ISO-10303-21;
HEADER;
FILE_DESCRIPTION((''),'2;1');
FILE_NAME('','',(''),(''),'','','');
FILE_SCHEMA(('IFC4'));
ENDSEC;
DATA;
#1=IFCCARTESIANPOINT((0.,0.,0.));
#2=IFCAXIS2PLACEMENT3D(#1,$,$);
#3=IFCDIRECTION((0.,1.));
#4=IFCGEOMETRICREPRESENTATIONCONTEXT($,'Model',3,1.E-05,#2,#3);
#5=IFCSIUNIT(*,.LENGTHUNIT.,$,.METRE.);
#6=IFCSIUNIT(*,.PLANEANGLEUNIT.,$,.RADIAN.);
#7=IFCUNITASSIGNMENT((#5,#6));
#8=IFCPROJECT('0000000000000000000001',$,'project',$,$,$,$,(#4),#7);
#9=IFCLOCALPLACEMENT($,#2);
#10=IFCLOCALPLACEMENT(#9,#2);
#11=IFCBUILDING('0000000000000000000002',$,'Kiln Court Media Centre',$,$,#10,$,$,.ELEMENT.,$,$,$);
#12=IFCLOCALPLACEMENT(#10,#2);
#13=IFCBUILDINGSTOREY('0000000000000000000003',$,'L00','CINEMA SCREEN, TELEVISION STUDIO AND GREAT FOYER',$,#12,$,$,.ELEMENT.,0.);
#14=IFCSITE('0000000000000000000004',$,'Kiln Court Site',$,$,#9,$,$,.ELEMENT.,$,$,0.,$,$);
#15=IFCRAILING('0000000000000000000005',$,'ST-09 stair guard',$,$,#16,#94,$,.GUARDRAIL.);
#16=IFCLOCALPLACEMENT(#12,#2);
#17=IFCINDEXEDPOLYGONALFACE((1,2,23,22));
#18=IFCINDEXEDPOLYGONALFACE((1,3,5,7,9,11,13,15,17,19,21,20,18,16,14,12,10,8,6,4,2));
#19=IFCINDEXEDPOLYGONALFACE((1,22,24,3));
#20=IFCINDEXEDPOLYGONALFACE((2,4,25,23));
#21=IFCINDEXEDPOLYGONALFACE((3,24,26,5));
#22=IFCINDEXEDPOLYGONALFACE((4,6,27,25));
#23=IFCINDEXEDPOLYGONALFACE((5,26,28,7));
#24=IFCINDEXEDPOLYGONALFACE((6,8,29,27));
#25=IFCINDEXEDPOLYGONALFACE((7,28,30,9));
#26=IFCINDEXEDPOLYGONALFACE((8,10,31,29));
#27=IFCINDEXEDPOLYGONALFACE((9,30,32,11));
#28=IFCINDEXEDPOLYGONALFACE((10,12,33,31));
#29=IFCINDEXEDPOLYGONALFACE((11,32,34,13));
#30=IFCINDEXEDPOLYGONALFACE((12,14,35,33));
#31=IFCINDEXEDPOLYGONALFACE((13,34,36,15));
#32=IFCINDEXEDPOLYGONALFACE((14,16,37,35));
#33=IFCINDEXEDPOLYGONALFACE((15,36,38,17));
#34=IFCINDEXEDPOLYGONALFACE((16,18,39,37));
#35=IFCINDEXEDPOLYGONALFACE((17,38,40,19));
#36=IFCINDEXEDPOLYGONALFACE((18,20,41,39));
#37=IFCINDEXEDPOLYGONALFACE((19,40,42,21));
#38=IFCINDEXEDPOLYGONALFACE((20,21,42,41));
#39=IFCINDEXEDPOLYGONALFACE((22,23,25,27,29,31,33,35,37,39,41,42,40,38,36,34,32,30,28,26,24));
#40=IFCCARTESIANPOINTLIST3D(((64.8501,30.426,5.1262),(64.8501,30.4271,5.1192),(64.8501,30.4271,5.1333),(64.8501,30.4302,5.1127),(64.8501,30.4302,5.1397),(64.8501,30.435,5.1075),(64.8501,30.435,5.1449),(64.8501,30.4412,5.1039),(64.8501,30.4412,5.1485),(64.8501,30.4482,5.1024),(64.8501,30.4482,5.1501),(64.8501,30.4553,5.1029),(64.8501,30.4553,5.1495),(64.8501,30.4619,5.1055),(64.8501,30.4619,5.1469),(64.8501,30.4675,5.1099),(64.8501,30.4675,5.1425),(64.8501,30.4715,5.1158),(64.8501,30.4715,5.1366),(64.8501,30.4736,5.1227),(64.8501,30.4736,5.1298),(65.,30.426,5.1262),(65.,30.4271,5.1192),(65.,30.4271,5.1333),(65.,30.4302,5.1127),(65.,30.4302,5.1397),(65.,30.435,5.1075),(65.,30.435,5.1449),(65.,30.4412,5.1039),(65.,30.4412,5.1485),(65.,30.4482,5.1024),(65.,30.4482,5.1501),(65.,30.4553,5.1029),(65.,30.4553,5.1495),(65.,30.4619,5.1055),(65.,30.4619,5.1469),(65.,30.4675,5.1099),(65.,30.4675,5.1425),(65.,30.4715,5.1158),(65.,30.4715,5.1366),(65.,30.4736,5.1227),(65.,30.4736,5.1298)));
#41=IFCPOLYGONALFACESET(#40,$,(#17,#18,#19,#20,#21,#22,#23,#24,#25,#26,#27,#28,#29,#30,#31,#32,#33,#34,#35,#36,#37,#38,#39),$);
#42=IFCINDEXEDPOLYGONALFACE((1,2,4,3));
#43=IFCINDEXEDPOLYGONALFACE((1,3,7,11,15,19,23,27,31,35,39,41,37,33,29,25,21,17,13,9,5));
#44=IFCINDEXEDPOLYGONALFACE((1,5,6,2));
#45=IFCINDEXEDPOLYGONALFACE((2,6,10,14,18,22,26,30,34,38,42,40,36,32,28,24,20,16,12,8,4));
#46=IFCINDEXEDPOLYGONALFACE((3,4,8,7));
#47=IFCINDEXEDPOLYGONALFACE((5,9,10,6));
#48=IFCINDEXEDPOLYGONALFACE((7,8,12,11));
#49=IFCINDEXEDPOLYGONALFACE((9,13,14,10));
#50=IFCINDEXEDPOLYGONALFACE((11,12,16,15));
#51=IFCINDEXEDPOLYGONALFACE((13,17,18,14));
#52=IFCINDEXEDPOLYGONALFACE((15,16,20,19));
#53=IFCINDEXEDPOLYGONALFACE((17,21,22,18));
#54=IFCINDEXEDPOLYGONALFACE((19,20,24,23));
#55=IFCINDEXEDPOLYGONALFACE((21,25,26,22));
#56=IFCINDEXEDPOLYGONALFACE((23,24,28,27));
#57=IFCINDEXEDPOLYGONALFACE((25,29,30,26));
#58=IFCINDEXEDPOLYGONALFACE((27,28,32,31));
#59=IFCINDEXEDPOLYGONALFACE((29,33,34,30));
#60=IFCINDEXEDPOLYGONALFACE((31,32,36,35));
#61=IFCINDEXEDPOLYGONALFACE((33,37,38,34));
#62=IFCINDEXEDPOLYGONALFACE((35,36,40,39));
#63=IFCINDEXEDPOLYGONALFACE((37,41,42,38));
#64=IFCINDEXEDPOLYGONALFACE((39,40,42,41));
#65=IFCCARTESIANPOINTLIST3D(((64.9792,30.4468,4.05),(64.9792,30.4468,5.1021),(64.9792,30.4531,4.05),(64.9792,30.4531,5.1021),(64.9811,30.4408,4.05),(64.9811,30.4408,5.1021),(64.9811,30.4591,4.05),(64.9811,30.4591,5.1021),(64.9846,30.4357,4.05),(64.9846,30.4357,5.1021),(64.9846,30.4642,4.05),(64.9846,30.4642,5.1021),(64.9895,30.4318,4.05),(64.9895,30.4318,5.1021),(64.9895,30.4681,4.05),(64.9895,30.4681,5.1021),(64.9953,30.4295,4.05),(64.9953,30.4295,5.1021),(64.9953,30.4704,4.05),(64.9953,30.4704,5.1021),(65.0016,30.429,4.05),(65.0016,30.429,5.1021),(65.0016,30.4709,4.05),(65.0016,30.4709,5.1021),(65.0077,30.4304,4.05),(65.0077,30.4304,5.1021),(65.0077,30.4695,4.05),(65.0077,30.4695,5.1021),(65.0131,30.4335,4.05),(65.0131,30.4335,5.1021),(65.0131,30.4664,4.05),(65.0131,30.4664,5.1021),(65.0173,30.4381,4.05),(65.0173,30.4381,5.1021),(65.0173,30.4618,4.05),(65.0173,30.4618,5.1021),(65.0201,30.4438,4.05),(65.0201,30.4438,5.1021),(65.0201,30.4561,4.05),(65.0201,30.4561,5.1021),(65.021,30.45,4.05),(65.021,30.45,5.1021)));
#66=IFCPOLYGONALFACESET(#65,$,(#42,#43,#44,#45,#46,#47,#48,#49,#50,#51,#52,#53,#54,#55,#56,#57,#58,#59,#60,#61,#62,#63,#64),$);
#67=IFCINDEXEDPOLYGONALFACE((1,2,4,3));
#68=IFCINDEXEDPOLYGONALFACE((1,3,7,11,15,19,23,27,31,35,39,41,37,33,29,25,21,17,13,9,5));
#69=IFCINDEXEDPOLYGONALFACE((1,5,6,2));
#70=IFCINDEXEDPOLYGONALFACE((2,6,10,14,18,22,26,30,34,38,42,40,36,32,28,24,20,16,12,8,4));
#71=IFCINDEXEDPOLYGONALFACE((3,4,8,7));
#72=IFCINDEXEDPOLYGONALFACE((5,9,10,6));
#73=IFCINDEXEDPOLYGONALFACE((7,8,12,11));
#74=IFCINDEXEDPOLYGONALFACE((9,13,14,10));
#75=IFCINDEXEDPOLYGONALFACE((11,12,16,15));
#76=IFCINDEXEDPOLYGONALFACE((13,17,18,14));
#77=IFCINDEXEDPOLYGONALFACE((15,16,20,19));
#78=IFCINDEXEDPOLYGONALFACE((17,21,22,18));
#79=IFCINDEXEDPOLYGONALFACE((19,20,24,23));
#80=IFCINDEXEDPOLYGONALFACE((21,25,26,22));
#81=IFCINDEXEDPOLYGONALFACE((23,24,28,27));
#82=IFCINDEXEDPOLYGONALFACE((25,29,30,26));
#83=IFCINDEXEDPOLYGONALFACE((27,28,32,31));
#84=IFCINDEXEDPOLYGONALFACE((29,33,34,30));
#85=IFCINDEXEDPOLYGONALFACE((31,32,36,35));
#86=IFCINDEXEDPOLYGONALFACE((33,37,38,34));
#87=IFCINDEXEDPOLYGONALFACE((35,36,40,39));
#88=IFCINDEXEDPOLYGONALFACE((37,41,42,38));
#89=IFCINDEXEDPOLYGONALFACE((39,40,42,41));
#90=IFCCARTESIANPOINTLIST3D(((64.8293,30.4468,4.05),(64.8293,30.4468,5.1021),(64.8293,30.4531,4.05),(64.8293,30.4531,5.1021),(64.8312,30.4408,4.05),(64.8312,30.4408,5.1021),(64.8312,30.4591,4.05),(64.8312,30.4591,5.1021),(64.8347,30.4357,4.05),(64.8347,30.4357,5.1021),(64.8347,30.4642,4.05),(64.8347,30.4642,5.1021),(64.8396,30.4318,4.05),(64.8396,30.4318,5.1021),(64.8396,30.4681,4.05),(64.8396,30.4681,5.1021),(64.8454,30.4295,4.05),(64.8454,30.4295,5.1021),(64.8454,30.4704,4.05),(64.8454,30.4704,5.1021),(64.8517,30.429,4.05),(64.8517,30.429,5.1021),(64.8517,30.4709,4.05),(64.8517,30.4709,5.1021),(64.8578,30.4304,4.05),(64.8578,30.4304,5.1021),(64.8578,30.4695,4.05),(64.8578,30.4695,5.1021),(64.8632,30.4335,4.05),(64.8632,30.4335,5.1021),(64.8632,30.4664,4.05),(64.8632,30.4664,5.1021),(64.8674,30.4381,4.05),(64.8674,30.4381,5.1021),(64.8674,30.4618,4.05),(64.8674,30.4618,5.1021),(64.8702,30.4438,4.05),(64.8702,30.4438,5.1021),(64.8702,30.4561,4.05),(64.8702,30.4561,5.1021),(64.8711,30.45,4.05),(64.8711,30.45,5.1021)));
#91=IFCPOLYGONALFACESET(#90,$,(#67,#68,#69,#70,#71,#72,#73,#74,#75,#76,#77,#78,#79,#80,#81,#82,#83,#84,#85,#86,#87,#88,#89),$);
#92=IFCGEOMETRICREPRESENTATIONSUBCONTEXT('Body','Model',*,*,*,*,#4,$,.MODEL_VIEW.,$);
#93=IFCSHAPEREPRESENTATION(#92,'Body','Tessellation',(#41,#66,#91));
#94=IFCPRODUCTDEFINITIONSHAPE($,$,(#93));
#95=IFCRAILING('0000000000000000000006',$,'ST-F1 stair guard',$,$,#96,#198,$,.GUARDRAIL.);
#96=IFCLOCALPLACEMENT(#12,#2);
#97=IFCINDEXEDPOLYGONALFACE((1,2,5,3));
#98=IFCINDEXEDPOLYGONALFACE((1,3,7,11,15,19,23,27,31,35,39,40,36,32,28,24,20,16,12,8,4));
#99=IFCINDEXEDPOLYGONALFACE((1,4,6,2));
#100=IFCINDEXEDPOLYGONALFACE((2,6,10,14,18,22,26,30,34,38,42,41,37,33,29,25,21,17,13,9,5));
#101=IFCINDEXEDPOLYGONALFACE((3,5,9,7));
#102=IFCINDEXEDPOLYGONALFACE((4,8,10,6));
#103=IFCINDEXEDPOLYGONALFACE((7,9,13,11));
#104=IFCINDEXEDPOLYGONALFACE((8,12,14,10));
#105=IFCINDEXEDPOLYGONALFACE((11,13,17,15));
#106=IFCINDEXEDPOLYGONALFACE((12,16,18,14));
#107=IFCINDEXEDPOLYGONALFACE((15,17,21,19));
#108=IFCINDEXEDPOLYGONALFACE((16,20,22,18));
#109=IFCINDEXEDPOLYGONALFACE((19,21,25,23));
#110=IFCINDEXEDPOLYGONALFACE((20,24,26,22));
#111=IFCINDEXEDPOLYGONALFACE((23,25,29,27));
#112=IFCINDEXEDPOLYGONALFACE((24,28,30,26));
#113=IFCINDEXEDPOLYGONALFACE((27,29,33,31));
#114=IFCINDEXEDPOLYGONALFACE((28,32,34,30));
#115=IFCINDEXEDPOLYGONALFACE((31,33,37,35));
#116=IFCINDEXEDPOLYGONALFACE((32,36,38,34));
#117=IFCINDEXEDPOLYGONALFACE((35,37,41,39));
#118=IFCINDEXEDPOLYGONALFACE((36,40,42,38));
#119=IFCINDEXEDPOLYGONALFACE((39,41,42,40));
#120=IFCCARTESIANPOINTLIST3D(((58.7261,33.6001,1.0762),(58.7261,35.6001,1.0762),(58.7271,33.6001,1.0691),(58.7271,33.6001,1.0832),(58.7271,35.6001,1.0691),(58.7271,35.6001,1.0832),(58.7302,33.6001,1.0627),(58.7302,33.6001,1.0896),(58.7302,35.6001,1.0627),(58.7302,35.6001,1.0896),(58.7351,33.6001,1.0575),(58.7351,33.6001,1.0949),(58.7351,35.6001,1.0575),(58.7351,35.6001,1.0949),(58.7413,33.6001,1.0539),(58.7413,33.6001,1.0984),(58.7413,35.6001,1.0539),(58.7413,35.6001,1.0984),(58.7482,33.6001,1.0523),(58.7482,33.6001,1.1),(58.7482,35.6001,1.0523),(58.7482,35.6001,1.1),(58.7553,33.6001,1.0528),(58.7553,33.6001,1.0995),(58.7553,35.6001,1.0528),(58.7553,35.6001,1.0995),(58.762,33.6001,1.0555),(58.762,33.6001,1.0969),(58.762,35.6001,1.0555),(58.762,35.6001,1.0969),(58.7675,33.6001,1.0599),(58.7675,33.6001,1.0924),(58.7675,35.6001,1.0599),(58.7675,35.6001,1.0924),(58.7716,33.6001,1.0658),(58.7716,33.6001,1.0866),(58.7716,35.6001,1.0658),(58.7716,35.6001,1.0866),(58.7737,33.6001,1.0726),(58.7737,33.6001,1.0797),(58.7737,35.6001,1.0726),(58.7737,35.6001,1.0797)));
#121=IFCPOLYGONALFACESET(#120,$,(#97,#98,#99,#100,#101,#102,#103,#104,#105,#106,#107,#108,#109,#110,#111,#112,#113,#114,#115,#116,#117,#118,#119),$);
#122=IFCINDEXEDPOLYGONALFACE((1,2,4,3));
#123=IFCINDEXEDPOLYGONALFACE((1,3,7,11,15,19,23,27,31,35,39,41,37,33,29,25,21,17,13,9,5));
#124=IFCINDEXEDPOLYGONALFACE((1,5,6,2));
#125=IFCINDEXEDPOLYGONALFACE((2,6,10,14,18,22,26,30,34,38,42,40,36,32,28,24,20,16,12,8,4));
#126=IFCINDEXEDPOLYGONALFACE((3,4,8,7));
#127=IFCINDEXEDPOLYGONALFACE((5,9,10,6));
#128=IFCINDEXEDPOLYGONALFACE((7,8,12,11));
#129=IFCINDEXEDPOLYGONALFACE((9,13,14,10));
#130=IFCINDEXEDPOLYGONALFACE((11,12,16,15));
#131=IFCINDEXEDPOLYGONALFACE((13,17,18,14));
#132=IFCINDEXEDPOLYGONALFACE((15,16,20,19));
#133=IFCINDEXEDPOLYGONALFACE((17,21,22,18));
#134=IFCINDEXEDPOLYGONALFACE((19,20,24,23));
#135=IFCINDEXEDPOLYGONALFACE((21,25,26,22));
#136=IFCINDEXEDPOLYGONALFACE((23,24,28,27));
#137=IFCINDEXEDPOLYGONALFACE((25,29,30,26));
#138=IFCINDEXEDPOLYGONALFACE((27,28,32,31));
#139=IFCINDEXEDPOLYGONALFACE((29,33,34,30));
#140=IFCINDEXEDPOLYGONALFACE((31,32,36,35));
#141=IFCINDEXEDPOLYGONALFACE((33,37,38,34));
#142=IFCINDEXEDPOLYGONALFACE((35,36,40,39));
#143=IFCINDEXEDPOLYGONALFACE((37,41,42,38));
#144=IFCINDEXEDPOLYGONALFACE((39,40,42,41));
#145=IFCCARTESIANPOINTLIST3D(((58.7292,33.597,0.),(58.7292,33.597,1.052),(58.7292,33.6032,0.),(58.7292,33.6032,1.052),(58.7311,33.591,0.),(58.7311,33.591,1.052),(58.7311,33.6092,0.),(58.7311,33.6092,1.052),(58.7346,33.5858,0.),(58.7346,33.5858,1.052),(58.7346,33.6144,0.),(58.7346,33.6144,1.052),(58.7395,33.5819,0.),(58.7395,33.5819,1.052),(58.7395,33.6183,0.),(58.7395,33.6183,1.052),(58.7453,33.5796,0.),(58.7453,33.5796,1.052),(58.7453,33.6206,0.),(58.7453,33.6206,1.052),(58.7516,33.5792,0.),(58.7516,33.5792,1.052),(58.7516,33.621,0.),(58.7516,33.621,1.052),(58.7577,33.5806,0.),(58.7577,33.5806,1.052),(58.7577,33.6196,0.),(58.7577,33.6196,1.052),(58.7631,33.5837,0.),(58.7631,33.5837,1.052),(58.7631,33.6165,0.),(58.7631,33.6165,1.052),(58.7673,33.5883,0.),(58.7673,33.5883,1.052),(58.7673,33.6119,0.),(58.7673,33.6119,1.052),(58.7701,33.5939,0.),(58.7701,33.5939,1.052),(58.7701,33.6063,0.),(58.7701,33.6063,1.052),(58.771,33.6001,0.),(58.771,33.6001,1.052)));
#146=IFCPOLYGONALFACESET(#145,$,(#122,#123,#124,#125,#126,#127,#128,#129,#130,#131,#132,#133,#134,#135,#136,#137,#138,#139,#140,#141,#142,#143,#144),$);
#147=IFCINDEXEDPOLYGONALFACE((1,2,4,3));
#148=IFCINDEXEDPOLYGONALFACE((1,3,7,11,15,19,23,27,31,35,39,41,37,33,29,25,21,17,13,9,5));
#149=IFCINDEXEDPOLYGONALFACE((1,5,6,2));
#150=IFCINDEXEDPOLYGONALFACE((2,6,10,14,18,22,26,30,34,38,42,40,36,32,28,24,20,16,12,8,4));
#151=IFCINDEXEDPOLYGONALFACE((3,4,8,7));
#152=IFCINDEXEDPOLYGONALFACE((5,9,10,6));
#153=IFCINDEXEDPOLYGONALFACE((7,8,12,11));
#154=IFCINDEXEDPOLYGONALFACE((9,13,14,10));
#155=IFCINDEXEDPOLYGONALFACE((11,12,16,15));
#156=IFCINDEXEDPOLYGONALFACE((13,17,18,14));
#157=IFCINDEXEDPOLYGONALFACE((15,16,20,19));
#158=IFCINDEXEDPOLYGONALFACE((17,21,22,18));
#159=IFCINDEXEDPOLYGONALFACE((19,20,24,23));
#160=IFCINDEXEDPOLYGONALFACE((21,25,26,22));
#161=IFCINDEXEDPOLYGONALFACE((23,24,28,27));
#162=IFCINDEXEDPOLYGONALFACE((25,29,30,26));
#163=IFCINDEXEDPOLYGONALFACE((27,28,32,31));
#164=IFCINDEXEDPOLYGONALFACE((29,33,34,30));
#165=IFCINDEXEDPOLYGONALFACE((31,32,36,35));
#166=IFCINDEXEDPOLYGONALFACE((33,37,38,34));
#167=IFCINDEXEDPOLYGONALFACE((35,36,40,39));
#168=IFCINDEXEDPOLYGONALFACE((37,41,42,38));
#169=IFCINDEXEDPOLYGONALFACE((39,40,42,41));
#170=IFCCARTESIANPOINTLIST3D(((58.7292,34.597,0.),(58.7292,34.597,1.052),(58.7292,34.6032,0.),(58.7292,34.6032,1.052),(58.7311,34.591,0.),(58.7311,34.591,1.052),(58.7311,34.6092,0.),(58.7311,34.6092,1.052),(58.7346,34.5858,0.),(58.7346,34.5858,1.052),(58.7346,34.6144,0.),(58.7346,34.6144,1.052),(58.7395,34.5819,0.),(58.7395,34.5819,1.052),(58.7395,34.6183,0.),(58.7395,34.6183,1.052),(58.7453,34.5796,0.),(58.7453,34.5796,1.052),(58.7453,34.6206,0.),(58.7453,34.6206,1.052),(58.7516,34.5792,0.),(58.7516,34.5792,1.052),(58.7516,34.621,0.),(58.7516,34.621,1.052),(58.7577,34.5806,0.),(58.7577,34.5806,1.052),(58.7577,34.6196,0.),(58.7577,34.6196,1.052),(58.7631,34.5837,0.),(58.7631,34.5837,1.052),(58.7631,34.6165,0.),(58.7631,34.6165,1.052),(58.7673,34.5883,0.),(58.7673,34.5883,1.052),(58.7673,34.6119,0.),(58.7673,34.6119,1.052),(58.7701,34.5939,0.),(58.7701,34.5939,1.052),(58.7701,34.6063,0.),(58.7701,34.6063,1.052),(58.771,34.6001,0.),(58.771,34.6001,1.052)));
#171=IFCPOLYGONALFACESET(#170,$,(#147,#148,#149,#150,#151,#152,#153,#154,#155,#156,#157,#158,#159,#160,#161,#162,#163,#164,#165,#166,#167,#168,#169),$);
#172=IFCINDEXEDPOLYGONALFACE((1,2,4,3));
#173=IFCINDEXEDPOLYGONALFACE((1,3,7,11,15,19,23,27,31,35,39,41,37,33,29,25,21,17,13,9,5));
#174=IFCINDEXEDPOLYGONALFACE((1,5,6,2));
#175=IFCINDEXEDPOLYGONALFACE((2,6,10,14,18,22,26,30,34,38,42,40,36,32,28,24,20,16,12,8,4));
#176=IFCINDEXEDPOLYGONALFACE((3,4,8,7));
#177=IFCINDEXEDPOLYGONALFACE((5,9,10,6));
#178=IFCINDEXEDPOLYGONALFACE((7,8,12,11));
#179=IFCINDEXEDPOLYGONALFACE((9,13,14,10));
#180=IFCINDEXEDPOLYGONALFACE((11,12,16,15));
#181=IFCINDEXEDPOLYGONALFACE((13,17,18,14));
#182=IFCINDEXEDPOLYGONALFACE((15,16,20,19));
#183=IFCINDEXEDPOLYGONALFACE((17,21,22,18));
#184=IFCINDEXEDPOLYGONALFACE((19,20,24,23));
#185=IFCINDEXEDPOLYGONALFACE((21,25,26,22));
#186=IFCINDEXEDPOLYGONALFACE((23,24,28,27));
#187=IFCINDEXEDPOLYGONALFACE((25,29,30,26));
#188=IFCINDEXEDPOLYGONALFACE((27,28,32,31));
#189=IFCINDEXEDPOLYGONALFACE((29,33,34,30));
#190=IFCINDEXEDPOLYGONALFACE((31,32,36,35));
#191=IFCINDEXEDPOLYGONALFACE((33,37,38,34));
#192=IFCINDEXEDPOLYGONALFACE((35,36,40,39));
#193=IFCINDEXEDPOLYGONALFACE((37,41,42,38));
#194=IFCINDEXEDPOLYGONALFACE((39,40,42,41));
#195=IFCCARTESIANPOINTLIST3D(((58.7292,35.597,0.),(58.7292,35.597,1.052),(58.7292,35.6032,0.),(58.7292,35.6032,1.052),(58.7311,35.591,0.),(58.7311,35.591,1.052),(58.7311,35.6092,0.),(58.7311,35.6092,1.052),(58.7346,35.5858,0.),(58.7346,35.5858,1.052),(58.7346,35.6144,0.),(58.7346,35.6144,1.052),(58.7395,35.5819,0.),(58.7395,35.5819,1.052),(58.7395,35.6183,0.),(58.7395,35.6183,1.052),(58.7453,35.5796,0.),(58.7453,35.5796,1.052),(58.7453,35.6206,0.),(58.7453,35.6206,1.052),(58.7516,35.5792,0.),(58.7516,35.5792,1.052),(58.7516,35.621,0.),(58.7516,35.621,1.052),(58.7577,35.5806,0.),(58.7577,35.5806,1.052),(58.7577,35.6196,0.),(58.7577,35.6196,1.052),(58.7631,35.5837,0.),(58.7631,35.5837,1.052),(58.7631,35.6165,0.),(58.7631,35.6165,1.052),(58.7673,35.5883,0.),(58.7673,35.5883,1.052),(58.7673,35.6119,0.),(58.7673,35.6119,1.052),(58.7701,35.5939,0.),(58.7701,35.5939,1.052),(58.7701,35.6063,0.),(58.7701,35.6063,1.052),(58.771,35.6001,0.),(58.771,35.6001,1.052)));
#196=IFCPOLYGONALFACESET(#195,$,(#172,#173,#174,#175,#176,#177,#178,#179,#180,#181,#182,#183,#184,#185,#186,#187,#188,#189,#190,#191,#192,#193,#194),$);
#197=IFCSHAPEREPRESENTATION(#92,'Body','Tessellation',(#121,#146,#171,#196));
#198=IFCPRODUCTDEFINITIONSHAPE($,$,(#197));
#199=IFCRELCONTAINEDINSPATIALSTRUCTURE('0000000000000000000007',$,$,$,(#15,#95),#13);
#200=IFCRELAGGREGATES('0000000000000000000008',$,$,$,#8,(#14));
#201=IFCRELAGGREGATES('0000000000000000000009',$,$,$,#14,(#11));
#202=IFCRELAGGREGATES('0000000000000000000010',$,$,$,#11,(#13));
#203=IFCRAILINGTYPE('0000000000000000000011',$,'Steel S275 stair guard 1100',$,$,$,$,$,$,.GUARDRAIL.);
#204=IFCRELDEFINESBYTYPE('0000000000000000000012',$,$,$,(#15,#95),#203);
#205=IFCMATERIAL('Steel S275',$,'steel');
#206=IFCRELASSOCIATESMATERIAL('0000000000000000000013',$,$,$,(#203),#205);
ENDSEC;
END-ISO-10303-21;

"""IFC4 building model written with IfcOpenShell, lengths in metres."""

from ifc_helpers import new_model, si_unit, direction, frame, origin, origin_2d, place, context, subcontext, project, spatial, circle, extrude, material, type_object, element, save


model = new_model("IFC4")

# Units and contexts
model_context = context("Model", 3, precision=1e-05, world=origin(), true_north=direction((0.0, 1.0)))
body_context = subcontext(model_context, "Body", "Model", "MODEL_VIEW")
ifc_project = project(units=[si_unit("LENGTHUNIT", "METRE"), si_unit("PLANEANGLEUNIT", "RADIAN")], contexts=[model_context])

# Site, building, storey
site_placement = place(None, origin())
site = spatial("IfcSite", under=ifc_project, at=site_placement, Name="Kiln Court Site", CompositionType="ELEMENT", RefElevation=0.0)
building_placement = place(site_placement, origin())
building = spatial("IfcBuilding", under=site, at=building_placement, Name="Kiln Court Media Centre", CompositionType="ELEMENT")
storey_placement = place(building_placement, origin())
storey = spatial("IfcBuildingStorey", under=building, at=storey_placement, Name="L00", Description="CINEMA SCREEN, TELEVISION STUDIO AND GREAT FOYER", CompositionType="ELEMENT", Elevation=0.0)

# Railings
ifc_material_1 = material(Name="Steel S275", Category="steel")
railing_type_1 = type_object("IfcRailingType", Name="Steel S275 stair guard 1100", PredefinedType="GUARDRAIL", material=ifc_material_1)
railing_1_placement = place(storey_placement, frame((65.0, 30.45, 4.05)))
element("IfcRailing", 1, at=railing_1_placement, inside=storey, type_object=railing_type_1, Name="ST-09 stair guard", PredefinedType="GUARDRAIL", context=body_context, shape_type="SweptSolid", body=[
    extrude(circle(Radius=0.0239, at=origin_2d()), frame((0.0, 0.0, 1.0762), z_axis=(-1.0, 0.0, 0.0), x_axis=(0.0, -1.0, 0.0)), (0.0, 0.0, 1.0), 0.1499),
    extrude(circle(Radius=0.021, at=origin_2d()), origin(), (0.0, 0.0, 1.0), 1.052),
    extrude(circle(Radius=0.021, at=origin_2d()), frame((-0.1499, 0.0, 0.0)), (0.0, 0.0, 1.0), 1.052),
])
railing_2_placement = place(storey_placement, frame((58.75, 33.6001, 0.0)))
element("IfcRailing", 2, at=railing_2_placement, inside=storey, type_object=railing_type_1, Name="ST-F1 stair guard", PredefinedType="GUARDRAIL", context=body_context, shape_type="SweptSolid", body=[
    extrude(circle(Radius=0.0239, at=origin_2d()), frame((0.0, 0.0, 1.0762), z_axis=(0.0, 1.0, 0.0), x_axis=(-1.0, 0.0, 0.0)), (0.0, 0.0, 1.0), 2.0),
    extrude(circle(Radius=0.021, at=origin_2d()), origin(), (0.0, 0.0, 1.0), 1.052),
    extrude(circle(Radius=0.021, at=origin_2d()), frame((0.0, 1.0, 0.0)), (0.0, 0.0, 1.0), 1.052),
    extrude(circle(Radius=0.021, at=origin_2d()), frame((0.0, 2.0, 0.0)), (0.0, 0.0, 1.0), 1.052),
])

save(model, "model.ifc")
